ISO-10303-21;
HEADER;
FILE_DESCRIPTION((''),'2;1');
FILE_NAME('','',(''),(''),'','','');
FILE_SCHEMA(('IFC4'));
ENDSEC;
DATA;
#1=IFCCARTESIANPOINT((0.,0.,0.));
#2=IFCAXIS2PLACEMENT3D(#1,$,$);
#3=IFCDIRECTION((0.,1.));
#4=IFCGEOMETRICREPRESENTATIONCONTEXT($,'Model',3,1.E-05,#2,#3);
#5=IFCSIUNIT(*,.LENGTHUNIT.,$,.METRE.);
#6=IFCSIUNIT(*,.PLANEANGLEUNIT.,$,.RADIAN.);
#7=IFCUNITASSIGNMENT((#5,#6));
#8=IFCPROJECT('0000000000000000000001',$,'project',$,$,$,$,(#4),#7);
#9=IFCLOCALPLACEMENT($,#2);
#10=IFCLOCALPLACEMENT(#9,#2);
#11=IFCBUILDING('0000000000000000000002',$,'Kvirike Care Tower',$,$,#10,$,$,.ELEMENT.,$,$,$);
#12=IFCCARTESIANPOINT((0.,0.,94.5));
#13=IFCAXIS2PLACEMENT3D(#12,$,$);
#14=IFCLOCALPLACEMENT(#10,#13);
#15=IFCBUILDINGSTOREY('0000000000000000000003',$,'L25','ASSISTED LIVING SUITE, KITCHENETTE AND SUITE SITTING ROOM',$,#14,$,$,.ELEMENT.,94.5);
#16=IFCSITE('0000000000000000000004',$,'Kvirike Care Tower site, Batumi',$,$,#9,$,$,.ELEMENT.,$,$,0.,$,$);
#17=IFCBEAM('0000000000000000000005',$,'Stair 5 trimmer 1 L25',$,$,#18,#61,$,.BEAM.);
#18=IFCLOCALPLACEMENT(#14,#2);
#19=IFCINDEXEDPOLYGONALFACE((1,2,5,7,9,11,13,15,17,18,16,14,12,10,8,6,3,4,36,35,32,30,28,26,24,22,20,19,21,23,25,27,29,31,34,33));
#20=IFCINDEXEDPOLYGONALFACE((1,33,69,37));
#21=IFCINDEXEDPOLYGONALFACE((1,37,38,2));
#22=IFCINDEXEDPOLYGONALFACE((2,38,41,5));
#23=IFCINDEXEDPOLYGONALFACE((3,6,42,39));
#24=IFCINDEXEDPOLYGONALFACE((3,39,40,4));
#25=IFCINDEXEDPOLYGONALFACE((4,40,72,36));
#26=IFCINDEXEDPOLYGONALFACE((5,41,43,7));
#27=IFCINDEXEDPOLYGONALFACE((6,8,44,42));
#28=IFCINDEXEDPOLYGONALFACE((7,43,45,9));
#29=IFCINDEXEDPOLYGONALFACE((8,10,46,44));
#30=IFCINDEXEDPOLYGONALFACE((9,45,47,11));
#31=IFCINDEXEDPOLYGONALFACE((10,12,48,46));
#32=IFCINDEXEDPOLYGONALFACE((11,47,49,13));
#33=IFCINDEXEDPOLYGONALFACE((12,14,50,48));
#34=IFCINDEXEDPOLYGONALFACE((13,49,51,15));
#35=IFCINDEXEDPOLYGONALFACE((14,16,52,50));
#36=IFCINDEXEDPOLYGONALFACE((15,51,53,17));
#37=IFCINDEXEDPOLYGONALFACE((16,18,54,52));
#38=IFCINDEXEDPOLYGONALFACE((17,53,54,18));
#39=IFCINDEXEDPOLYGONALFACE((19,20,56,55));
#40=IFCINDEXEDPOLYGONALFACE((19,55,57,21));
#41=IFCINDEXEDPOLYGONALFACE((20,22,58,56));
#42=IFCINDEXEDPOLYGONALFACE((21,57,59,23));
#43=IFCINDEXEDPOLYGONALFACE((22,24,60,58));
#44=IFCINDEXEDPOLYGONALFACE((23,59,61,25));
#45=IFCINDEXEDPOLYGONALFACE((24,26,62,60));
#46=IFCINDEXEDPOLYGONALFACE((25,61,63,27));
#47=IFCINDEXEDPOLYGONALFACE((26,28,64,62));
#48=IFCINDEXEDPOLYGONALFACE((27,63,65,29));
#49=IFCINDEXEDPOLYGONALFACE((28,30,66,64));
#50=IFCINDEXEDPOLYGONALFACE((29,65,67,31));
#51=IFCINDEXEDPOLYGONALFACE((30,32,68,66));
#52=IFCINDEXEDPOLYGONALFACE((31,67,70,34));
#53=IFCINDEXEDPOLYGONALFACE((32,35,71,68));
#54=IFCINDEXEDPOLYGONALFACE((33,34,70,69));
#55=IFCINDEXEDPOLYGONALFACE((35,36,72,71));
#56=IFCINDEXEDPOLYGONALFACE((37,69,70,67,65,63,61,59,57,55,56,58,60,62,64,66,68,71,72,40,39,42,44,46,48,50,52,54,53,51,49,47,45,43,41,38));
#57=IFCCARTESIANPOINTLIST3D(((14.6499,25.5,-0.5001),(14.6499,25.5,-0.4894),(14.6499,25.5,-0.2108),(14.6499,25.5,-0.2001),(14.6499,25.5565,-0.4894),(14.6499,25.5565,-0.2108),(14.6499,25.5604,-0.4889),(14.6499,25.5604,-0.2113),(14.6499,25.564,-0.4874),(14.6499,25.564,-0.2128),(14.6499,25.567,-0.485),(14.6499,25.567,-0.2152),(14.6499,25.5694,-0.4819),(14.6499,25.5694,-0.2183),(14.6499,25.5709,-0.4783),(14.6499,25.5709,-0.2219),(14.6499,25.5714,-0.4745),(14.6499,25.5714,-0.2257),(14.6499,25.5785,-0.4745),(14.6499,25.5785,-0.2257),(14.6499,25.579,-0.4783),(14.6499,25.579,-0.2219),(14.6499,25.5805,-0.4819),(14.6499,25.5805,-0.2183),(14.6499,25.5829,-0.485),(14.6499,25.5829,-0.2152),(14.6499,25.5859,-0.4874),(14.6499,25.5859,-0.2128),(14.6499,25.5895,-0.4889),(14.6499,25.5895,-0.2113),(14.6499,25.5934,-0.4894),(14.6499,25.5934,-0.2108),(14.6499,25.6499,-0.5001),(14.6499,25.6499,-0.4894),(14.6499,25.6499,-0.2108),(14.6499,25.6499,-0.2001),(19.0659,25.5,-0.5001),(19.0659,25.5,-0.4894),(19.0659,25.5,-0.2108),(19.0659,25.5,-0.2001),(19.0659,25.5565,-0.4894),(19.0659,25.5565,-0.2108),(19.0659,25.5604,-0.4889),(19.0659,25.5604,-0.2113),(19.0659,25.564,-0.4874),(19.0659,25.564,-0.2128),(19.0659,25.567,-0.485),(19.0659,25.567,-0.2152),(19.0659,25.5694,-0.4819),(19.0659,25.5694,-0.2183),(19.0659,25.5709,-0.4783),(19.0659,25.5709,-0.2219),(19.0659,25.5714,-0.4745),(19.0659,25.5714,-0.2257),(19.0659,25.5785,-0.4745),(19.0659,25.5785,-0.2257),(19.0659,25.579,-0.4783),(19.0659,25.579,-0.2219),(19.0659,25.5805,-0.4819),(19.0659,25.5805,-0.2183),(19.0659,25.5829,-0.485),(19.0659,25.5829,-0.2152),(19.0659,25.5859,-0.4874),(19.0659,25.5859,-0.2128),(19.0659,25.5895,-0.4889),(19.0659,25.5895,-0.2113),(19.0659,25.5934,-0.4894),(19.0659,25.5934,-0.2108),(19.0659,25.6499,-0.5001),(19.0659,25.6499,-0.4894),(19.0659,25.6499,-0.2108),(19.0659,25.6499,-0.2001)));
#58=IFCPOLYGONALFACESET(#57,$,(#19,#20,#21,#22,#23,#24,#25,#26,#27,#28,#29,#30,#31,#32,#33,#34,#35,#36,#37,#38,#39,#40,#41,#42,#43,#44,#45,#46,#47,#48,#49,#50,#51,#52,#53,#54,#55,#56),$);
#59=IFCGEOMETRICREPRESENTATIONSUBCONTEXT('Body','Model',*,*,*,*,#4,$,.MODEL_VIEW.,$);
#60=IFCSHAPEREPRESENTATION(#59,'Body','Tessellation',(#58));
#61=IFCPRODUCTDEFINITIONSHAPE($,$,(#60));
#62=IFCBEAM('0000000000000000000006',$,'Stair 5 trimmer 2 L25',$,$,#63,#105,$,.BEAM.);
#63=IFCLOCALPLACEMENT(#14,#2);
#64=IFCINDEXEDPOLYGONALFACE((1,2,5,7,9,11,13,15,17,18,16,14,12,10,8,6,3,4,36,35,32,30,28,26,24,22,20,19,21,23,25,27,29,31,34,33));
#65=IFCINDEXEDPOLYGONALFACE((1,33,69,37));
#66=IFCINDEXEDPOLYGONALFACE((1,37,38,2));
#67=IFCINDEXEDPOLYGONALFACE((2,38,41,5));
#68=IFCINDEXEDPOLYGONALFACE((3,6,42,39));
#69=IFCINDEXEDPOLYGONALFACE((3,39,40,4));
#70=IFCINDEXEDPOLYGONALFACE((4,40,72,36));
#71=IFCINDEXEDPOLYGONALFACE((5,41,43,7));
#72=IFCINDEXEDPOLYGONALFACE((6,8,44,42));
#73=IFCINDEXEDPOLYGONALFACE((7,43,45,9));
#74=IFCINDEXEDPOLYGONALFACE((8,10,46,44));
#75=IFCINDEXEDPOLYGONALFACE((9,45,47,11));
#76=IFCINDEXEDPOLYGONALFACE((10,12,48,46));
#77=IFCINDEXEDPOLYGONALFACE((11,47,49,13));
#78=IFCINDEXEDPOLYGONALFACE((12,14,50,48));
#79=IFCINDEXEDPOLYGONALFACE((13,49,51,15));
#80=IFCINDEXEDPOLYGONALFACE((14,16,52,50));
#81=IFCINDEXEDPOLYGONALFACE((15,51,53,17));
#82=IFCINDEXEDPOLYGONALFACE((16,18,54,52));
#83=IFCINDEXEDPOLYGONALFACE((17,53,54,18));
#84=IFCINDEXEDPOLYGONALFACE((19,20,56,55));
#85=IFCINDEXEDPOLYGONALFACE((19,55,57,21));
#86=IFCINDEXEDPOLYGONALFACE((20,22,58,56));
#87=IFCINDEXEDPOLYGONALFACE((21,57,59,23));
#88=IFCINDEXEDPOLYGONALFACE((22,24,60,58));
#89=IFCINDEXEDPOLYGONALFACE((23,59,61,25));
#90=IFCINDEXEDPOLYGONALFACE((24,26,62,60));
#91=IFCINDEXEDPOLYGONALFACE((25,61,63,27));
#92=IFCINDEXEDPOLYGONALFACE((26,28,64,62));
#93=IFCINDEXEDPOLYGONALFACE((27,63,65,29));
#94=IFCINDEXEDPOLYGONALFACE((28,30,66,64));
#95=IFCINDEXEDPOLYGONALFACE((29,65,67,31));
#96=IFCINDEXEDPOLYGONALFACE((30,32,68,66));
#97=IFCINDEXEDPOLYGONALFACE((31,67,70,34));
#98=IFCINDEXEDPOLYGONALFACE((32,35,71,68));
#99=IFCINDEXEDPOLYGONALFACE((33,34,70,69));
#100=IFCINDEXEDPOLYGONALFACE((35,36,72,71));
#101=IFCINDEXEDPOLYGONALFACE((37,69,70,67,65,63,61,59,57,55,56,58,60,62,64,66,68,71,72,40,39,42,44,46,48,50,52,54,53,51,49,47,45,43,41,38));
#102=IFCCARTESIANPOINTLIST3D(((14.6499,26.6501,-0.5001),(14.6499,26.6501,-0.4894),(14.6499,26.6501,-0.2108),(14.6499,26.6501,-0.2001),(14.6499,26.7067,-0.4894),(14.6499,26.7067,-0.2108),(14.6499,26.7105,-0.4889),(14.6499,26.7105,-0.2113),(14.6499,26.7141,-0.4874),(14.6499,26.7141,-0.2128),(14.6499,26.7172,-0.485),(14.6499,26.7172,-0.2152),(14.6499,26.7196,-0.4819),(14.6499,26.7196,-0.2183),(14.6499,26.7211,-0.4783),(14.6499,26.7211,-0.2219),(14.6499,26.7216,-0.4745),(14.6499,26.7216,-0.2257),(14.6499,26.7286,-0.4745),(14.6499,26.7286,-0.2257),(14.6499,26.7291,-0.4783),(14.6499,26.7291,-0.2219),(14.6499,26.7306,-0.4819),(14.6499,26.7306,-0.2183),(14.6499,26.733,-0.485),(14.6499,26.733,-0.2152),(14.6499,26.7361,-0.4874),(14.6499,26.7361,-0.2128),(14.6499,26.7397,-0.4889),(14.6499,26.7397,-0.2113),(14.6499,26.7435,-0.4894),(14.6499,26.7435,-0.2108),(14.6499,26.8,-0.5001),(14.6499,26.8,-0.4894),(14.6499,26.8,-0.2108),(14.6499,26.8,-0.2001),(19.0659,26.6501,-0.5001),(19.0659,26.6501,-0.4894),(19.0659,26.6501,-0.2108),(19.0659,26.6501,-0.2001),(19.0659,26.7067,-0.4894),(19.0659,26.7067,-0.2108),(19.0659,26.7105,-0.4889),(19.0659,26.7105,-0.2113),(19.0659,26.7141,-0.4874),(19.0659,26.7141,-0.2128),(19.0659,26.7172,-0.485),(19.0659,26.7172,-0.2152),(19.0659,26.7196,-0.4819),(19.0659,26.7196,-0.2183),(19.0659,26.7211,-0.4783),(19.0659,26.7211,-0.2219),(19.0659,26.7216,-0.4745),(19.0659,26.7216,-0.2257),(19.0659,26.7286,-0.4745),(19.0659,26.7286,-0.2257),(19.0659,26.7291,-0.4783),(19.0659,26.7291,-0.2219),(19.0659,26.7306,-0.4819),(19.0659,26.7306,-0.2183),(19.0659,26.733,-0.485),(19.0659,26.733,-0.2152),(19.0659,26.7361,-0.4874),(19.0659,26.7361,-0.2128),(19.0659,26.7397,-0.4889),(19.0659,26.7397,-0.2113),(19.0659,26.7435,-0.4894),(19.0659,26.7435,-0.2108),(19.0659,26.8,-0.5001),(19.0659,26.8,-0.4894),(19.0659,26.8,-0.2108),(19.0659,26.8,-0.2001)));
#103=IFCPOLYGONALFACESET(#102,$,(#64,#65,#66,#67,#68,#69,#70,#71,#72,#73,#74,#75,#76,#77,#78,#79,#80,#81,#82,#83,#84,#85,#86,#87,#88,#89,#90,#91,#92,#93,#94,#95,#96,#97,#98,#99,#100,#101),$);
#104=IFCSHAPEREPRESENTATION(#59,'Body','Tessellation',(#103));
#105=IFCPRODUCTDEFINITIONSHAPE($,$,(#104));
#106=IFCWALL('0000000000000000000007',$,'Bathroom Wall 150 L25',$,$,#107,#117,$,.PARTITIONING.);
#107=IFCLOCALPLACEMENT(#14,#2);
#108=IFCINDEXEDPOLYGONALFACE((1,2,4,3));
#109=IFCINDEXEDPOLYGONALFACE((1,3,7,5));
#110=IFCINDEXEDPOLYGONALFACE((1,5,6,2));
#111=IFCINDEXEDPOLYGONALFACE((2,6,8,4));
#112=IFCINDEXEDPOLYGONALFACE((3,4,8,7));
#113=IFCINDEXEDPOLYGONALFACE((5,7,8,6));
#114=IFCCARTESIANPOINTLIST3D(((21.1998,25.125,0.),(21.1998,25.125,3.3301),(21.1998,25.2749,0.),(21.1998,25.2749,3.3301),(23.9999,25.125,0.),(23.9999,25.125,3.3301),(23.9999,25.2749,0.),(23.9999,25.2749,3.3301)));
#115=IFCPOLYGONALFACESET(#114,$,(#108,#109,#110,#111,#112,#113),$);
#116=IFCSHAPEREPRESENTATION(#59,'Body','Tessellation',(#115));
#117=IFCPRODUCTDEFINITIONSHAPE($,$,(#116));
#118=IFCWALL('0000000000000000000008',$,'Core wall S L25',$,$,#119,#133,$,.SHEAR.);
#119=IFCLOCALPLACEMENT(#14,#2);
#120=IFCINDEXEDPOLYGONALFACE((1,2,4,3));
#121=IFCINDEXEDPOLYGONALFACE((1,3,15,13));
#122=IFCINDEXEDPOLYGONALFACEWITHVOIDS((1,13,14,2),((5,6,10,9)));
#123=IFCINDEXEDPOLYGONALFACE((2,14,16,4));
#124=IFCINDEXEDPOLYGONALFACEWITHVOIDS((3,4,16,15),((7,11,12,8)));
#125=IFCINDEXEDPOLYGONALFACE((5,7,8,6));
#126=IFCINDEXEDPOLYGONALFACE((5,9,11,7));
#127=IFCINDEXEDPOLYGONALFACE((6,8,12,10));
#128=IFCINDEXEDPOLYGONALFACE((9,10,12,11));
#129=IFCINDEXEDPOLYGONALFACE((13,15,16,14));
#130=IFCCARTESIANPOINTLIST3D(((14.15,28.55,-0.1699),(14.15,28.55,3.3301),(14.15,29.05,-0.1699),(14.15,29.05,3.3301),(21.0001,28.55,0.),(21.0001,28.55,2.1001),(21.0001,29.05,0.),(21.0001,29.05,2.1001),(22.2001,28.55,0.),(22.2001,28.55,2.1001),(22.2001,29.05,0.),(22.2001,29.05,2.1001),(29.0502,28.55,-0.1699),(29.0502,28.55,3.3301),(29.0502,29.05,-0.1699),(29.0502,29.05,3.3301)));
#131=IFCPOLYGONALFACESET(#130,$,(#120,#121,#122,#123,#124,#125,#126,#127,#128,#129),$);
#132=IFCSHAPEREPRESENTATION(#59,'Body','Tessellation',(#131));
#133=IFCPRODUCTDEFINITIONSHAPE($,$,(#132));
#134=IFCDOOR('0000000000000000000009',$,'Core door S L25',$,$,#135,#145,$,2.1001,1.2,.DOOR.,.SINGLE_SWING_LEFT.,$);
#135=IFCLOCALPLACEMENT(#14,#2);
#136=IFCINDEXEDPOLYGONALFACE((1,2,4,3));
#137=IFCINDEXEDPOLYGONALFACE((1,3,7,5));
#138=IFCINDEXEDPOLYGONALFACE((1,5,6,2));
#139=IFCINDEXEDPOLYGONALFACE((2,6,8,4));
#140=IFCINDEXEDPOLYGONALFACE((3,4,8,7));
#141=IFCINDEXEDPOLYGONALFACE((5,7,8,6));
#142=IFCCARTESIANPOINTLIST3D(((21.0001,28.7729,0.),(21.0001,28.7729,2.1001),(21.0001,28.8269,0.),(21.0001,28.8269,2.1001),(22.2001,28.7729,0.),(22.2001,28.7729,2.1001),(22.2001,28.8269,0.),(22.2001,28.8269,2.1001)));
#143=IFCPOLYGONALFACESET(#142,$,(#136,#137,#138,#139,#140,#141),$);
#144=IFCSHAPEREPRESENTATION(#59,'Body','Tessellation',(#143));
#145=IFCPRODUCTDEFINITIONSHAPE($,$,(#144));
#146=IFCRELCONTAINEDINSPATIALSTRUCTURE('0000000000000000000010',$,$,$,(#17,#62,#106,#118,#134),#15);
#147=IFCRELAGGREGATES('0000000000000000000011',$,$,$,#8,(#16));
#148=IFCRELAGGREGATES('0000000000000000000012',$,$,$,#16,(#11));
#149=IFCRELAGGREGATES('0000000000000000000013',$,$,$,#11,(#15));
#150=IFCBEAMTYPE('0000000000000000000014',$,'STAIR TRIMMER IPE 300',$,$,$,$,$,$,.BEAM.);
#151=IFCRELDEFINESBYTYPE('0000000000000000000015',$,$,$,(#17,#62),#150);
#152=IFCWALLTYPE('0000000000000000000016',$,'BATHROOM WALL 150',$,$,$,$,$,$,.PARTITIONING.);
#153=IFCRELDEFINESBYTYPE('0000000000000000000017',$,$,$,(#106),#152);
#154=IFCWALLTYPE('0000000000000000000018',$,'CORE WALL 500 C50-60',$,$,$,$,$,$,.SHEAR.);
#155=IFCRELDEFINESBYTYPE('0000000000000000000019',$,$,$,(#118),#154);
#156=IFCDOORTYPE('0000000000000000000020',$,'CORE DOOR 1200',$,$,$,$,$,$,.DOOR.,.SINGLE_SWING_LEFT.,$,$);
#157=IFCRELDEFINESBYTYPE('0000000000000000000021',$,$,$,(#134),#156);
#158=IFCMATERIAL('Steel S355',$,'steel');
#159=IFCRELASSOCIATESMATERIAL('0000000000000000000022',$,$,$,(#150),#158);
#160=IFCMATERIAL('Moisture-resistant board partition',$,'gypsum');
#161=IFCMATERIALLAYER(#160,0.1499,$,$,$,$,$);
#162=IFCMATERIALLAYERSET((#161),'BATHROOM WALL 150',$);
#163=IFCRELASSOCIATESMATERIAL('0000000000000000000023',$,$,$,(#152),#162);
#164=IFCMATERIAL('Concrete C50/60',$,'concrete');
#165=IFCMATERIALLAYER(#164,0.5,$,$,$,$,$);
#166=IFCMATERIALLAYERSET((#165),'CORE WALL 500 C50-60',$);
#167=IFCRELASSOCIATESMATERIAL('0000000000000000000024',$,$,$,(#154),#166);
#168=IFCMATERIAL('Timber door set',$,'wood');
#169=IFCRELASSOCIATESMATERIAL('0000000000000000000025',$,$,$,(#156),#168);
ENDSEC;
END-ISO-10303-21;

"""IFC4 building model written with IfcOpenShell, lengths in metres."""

from ifc_helpers import new_model, si_unit, direction, frame, frame_2d, origin, origin_2d, place, context, subcontext, project, spatial, rectangle, i_section, extrude, material, layer, layer_set, material_profile, profile_set, type_object, element, fill, save


model = new_model("IFC4")

# Units and contexts
model_context = context("Model", 3, precision=1e-05, world=origin(), true_north=direction((0.0, 1.0)))
body_context = subcontext(model_context, "Body", "Model", "MODEL_VIEW")
ifc_project = project(units=[si_unit("LENGTHUNIT", "METRE"), si_unit("PLANEANGLEUNIT", "RADIAN")], contexts=[model_context])

# Site, building, storey
site_placement = place(None, origin())
site = spatial("IfcSite", under=ifc_project, at=site_placement, Name="Kvirike Care Tower site, Batumi", CompositionType="ELEMENT", RefElevation=0.0)
building_placement = place(site_placement, origin())
building = spatial("IfcBuilding", under=site, at=building_placement, Name="Kvirike Care Tower", CompositionType="ELEMENT")
storey_placement = place(building_placement, frame((0.0, 0.0, 94.5)))
storey = spatial("IfcBuildingStorey", under=building, at=storey_placement, Name="L25", Description="ASSISTED LIVING SUITE, KITCHENETTE AND SUITE SITTING ROOM", CompositionType="ELEMENT", Elevation=94.5)

# Beams
ifc_material_1 = material(Name="Steel S355", Category="steel")
ifc_material_profile_1 = material_profile(ifc_material_1, i_section(OverallWidth=0.1499, OverallDepth=0.3, WebThickness=0.0071, FlangeThickness=0.0107, FilletRadius=0.0149, at=origin_2d()), Name="IPE 300")
ifc_profile_set_1 = profile_set([ifc_material_profile_1], Name="Steel S355")
beam_type_1 = type_object("IfcBeamType", Name="STAIR TRIMMER IPE 300", PredefinedType="BEAM", material=ifc_profile_set_1)
for number, where, z_axis, x_axis, name in (
    (1, (14.6499, 25.575, -0.3501), (1.0, 0.0, 0.0), (0.0, 1.0, 0.0), "Stair 5 trimmer 1 L25"),
    (2, (14.6499, 26.7251, -0.3501), (1.0, 0.0, 0.0), (0.0, 1.0, 0.0), "Stair 5 trimmer 2 L25"),
):
    element("IfcBeam", number, at=place(storey_placement, frame(where, z_axis=z_axis, x_axis=x_axis)), inside=storey, type_object=beam_type_1, Name=name, PredefinedType="BEAM", context=body_context, shape_type="SweptSolid", body=[
        extrude(i_section(OverallWidth=0.1499, OverallDepth=0.3, WebThickness=0.0071, FlangeThickness=0.0107, FilletRadius=0.0149, at=origin_2d()), origin(), (0.0, 0.0, 1.0), 4.416),
    ])

# Wall
ifc_material_2 = material(Name="Moisture-resistant board partition", Category="gypsum")
ifc_layer_1 = layer(ifc_material_2, 0.1499)
ifc_layer_set_1 = layer_set([ifc_layer_1], Name="BATHROOM WALL 150")
wall_type_1 = type_object("IfcWallType", Name="BATHROOM WALL 150", PredefinedType="PARTITIONING", material=ifc_layer_set_1)
wall_1_placement = place(storey_placement, frame((21.2, 25.2, 0.0), z_axis=(0.0, 0.0, 1.0), x_axis=(1.0, 0.0, 0.0)))
element("IfcWall", 3, at=wall_1_placement, inside=storey, type_object=wall_type_1, Name="Bathroom Wall 150 L25", PredefinedType="PARTITIONING", context=body_context, shape_type="SweptSolid", body=[
    extrude(rectangle(XDim=2.8, YDim=0.1499, at=frame_2d((1.3999, 0.0))), origin(), (0.0, 0.0, 1.0), 3.3301),
])

# Wall, opening, door
ifc_material_3 = material(Name="Concrete C50/60", Category="concrete")
ifc_layer_2 = layer(ifc_material_3, 0.5)
ifc_layer_set_2 = layer_set([ifc_layer_2], Name="CORE WALL 500 C50-60")
wall_type_2 = type_object("IfcWallType", Name="CORE WALL 500 C50-60", PredefinedType="SHEAR", material=ifc_layer_set_2)
wall_2_placement = place(storey_placement, frame((14.1499, 28.8, -0.1699), z_axis=(0.0, 0.0, 1.0), x_axis=(1.0, 0.0, 0.0)))
wall_2 = element("IfcWall", 4, at=wall_2_placement, inside=storey, type_object=wall_type_2, Name="Core wall S L25", PredefinedType="SHEAR", context=body_context, shape_type="SweptSolid", body=[
    extrude(rectangle(XDim=14.9001, YDim=0.5, at=frame_2d((7.4502, 0.0))), origin(), (0.0, 0.0, 1.0), 3.5),
])
opening_1_placement = place(wall_2_placement, frame((6.8501, 0.0, 0.1699)))
opening_1 = element("IfcOpeningElement", 5, at=opening_1_placement, cuts=wall_2, PredefinedType="OPENING", context=body_context, shape_type="SweptSolid", body=[
    extrude(rectangle(XDim=1.2, YDim=2.1001, at=frame_2d((0.6001, 1.05))), frame((0.0, 0.2605, 0.0), z_axis=(0.0, -1.0, 0.0), x_axis=(1.0, 0.0, 0.0)), (0.0, 0.0, 1.0), 0.521),
])
ifc_material_4 = material(Name="Timber door set", Category="wood")
door_type_1 = type_object("IfcDoorType", Name="CORE DOOR 1200", OperationType="SINGLE_SWING_LEFT", PredefinedType="DOOR", material=ifc_material_4)
door_1_placement = place(opening_1_placement, origin())
door_1 = element("IfcDoor", 6, at=door_1_placement, inside=storey, type_object=door_type_1, Name="Core door S L25", OperationType="SINGLE_SWING_LEFT", OverallHeight=2.1001, OverallWidth=1.2, PredefinedType="DOOR", context=body_context, shape_type="SweptSolid", body=[
    extrude(rectangle(XDim=1.2, YDim=2.1001, at=frame_2d((0.6001, 1.05))), frame((0.0, 0.0269, 0.0), z_axis=(0.0, -1.0, 0.0), x_axis=(1.0, 0.0, 0.0)), (0.0, 0.0, 1.0), 0.054),
])
fill(opening_1, door_1)

save(model, "model.ifc")
